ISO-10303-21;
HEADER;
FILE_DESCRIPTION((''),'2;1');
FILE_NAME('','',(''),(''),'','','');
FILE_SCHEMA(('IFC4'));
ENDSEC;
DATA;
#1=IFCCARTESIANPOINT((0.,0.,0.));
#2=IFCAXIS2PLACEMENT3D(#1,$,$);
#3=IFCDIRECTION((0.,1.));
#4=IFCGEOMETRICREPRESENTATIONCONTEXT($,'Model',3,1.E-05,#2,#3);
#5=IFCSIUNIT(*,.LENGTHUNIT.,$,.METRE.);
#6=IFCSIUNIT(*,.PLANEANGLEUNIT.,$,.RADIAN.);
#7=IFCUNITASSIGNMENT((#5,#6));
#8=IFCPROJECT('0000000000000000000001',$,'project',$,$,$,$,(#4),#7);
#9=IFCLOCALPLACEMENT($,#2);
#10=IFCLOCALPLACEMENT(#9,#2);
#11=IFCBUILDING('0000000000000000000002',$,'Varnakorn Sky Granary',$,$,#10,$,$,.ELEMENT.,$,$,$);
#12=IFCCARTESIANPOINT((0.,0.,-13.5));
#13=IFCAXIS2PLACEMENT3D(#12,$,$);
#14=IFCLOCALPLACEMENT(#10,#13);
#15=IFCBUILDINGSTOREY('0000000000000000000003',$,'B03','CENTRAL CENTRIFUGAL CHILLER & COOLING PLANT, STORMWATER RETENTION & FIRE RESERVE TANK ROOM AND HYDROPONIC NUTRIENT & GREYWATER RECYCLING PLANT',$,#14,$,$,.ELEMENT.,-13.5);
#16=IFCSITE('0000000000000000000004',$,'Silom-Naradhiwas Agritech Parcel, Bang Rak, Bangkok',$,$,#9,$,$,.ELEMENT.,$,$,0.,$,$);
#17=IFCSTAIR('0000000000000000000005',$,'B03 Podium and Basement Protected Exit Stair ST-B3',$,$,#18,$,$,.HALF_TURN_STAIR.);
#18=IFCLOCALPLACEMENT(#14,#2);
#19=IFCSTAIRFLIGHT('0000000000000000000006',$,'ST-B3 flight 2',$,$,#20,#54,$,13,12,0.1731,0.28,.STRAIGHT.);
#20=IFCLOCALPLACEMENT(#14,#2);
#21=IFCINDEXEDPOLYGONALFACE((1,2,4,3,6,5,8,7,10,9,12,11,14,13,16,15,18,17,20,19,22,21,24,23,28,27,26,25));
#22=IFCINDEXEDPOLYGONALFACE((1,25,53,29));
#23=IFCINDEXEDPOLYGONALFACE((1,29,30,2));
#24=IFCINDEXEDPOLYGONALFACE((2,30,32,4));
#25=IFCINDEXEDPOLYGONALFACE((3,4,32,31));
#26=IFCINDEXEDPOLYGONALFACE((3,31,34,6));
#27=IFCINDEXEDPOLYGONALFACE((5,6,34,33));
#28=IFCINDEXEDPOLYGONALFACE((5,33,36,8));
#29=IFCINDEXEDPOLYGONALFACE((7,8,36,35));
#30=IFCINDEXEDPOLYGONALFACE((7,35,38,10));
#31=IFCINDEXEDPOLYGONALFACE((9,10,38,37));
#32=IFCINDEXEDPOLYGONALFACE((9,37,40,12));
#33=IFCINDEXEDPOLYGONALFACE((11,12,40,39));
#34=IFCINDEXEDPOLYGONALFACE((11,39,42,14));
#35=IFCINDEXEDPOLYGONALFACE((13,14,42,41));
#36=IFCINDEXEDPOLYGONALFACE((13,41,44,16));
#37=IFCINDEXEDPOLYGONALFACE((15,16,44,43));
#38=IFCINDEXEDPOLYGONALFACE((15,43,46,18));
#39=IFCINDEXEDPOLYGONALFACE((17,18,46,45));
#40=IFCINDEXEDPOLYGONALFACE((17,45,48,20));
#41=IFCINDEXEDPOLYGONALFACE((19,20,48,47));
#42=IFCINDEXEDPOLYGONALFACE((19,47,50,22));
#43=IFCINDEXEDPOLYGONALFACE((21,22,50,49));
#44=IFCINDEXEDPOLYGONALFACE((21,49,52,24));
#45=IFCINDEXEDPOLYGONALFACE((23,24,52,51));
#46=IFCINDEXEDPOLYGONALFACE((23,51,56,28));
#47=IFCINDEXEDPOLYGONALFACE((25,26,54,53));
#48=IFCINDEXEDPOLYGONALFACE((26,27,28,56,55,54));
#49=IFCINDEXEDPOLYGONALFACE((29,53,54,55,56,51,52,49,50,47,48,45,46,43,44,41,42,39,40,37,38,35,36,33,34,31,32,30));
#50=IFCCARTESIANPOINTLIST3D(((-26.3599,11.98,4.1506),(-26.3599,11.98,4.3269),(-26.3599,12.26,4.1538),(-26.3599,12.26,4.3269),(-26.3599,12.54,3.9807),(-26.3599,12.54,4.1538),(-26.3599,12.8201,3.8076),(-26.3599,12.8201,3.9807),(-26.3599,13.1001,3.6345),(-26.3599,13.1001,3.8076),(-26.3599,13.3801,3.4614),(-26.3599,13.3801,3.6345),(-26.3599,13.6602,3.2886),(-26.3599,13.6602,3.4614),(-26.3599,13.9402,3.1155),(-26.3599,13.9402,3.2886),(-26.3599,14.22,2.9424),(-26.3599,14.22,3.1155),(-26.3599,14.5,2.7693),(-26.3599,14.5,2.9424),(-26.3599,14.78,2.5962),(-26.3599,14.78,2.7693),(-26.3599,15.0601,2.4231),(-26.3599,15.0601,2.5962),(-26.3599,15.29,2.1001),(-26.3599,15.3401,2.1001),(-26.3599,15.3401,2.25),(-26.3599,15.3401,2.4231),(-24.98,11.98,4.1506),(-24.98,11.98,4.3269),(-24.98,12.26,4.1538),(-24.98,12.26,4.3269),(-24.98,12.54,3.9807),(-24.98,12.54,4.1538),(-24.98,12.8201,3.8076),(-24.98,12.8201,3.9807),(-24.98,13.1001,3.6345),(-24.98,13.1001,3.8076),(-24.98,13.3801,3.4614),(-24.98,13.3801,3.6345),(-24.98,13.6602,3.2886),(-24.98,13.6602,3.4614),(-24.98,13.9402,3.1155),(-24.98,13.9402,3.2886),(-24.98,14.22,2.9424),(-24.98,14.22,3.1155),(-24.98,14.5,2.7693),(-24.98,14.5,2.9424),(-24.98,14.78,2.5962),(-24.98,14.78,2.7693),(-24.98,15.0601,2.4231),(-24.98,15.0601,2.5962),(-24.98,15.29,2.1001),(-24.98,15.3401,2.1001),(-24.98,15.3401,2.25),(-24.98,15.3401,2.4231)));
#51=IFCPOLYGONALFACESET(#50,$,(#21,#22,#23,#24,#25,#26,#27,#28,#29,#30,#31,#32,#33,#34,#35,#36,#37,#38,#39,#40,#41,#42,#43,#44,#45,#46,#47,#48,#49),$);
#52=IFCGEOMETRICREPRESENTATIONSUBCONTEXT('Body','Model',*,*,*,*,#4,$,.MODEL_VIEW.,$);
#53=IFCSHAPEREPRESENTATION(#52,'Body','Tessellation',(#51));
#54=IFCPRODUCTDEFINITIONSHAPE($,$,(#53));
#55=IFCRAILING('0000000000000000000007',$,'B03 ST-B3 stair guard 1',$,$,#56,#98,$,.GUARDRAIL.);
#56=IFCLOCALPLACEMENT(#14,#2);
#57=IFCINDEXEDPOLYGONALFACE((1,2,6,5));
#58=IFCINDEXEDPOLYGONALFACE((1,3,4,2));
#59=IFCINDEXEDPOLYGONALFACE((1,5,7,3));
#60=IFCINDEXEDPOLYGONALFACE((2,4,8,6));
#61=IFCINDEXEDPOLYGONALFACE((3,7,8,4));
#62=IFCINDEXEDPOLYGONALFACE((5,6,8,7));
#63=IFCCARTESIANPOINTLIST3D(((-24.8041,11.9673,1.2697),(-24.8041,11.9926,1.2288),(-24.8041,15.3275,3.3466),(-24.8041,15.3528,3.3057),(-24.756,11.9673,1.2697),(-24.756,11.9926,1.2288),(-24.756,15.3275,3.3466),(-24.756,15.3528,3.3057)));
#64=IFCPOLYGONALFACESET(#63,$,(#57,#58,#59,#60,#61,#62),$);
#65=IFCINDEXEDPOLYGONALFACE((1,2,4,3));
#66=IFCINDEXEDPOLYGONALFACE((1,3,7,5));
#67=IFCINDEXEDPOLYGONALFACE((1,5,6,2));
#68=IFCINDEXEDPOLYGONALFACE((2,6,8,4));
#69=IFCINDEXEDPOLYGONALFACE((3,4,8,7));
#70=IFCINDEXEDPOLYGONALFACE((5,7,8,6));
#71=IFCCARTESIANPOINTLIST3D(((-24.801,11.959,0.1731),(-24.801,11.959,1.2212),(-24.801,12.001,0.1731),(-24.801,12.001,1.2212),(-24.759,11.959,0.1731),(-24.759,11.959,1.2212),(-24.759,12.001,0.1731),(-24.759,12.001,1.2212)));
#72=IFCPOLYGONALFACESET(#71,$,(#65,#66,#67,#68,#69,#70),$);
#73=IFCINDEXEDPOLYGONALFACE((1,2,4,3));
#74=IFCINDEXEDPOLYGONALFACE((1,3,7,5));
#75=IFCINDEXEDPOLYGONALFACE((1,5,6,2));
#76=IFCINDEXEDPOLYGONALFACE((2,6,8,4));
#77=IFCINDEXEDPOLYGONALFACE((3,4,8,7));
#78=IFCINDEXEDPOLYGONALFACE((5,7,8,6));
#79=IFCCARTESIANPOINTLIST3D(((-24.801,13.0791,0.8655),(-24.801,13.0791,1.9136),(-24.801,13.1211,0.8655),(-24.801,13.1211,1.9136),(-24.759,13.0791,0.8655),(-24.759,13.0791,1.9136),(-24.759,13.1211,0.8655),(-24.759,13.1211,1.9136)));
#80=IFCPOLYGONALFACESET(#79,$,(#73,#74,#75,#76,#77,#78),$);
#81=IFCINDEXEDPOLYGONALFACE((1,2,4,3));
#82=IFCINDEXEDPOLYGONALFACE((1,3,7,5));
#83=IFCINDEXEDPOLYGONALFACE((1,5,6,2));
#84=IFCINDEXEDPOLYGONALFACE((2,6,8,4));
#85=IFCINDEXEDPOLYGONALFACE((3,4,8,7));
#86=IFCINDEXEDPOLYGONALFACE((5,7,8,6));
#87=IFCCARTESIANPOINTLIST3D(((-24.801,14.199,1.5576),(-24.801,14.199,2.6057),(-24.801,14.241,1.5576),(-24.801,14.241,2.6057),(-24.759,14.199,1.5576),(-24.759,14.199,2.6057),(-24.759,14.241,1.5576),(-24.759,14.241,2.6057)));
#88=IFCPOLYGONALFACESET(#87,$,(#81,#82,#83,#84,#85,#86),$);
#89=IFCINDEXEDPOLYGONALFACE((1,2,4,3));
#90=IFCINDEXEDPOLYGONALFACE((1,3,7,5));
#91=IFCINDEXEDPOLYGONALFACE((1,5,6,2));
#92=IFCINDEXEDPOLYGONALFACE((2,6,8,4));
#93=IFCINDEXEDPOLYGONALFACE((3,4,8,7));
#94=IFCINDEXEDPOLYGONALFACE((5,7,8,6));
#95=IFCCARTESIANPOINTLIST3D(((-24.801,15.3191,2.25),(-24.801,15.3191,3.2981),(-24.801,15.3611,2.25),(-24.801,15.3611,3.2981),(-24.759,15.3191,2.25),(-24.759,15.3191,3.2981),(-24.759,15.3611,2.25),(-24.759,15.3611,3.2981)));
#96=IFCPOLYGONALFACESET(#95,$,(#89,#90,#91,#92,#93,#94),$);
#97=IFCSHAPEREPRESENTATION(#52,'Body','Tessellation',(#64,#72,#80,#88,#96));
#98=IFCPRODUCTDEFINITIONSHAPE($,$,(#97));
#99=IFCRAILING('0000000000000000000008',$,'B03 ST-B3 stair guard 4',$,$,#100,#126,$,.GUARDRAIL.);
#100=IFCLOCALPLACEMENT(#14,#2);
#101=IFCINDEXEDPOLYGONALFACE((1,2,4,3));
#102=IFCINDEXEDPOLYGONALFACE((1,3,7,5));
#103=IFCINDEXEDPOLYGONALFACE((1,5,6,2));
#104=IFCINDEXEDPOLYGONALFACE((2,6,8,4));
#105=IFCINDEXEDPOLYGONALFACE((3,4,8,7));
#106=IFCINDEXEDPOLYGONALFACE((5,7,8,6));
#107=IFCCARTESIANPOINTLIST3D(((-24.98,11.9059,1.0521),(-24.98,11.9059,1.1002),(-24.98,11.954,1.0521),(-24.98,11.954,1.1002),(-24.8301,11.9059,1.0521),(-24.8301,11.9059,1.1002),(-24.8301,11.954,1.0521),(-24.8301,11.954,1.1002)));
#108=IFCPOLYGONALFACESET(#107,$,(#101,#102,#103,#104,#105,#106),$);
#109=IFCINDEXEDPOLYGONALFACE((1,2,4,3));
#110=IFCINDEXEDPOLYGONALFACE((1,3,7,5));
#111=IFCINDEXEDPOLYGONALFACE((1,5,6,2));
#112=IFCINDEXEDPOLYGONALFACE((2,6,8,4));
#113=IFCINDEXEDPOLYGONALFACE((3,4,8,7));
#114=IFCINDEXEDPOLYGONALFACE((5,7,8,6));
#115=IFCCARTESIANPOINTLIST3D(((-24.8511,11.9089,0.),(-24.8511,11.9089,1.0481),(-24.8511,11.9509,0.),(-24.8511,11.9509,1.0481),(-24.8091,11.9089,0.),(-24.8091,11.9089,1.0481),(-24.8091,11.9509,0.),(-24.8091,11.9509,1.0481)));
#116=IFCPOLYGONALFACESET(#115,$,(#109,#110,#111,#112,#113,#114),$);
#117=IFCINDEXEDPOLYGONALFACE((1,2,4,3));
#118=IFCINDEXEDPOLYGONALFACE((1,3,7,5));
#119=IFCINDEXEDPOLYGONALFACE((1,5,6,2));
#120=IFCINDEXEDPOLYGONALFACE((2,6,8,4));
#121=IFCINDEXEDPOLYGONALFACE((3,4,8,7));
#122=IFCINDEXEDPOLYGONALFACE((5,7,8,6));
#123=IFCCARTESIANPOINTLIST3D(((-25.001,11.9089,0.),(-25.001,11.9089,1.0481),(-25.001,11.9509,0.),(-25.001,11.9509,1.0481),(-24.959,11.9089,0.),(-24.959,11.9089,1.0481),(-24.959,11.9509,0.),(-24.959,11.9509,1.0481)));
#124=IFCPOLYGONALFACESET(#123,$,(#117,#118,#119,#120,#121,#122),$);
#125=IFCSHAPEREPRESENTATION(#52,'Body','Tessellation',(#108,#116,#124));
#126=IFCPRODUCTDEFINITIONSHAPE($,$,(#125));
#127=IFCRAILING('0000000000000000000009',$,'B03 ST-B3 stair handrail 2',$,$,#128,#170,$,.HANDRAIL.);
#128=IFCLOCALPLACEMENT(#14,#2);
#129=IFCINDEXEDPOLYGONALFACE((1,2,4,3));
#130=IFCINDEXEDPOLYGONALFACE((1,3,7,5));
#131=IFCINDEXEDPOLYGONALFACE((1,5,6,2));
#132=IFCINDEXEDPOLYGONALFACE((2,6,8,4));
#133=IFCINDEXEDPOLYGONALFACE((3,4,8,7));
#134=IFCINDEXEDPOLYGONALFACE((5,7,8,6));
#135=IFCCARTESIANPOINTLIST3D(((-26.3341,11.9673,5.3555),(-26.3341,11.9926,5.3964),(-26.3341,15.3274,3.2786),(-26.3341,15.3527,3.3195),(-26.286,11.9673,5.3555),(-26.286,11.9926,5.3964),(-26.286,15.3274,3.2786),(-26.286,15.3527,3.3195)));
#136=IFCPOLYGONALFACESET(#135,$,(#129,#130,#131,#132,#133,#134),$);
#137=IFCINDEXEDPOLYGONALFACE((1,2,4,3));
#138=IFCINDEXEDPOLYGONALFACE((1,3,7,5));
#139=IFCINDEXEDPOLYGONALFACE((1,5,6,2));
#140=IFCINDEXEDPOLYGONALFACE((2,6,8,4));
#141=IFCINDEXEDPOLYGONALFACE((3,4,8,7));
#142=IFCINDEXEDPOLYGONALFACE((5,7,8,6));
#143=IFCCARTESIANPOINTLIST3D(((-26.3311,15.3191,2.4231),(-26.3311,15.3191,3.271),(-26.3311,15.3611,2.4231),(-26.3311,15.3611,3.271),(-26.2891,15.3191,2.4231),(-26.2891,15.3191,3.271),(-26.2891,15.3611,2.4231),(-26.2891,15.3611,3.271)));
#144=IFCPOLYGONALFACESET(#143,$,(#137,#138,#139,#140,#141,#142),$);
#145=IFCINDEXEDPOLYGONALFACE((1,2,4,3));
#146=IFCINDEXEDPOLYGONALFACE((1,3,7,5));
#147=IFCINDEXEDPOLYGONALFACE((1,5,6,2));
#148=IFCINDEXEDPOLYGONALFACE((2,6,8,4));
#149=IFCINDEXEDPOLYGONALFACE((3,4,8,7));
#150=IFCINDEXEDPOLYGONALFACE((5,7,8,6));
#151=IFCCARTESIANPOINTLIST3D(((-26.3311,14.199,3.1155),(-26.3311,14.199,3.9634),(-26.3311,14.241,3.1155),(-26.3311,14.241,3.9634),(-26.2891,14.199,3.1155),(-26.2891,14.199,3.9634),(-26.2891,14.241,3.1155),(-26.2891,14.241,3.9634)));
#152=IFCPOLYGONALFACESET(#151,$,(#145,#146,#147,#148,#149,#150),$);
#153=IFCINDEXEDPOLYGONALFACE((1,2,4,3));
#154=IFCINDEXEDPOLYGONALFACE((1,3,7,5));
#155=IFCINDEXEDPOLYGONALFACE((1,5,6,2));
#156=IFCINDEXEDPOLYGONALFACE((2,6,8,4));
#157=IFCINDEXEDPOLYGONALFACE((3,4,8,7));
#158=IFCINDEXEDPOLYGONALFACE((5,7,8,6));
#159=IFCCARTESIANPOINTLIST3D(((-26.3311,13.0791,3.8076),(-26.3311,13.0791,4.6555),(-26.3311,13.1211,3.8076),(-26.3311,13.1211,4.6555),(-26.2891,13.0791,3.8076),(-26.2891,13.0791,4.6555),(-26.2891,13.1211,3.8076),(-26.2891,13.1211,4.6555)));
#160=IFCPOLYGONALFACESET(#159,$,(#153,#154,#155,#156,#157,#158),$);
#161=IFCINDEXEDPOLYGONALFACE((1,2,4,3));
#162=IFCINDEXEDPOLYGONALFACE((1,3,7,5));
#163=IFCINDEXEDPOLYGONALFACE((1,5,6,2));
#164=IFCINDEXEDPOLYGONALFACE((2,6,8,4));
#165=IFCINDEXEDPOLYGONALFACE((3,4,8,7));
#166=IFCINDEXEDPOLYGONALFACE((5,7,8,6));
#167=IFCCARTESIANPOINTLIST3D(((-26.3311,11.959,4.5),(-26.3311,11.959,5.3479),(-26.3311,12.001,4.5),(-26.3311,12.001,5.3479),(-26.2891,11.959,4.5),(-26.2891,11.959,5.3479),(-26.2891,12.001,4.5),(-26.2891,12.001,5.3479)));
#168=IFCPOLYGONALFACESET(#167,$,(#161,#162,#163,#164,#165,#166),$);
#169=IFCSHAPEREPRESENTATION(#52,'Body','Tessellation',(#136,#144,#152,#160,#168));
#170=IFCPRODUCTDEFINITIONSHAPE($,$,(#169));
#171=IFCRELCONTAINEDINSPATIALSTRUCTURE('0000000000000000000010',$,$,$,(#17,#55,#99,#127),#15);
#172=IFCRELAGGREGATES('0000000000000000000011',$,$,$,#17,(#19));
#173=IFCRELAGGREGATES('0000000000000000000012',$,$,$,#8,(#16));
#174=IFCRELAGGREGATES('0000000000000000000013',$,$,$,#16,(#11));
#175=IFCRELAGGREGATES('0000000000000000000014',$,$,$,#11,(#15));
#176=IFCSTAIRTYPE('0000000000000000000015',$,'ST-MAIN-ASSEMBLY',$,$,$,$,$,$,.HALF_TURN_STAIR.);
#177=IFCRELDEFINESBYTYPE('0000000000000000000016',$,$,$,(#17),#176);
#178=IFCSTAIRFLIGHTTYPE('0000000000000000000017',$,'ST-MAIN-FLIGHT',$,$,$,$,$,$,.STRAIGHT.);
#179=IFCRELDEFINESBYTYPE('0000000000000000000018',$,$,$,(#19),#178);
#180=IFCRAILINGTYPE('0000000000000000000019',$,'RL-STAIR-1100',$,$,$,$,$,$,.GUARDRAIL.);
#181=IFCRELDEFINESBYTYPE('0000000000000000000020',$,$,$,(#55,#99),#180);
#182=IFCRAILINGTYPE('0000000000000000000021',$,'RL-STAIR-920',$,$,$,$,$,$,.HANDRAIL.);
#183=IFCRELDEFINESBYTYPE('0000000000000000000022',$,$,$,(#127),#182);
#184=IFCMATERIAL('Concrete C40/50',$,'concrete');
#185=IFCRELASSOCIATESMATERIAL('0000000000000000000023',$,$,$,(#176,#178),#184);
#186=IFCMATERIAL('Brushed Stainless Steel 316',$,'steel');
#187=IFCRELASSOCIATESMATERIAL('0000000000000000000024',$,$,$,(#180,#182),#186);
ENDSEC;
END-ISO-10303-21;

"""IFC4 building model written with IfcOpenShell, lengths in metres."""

from ifc_helpers import new_model, si_unit, direction, frame, origin, origin_2d, place, context, subcontext, project, spatial, polyline, rectangle, outline, extrude, material, type_object, element, aggregate, save


model = new_model("IFC4")

# Units and contexts
model_context = context("Model", 3, precision=1e-05, world=origin(), true_north=direction((0.0, 1.0)))
body_context = subcontext(model_context, "Body", "Model", "MODEL_VIEW")
ifc_project = project(units=[si_unit("LENGTHUNIT", "METRE"), si_unit("PLANEANGLEUNIT", "RADIAN")], contexts=[model_context])

# Site, building, storey
site_placement = place(None, origin())
site = spatial("IfcSite", under=ifc_project, at=site_placement, Name="Silom-Naradhiwas Agritech Parcel, Bang Rak, Bangkok", CompositionType="ELEMENT", RefElevation=0.0)
building_placement = place(site_placement, origin())
building = spatial("IfcBuilding", under=site, at=building_placement, Name="Varnakorn Sky Granary", CompositionType="ELEMENT")
storey_placement = place(building_placement, frame((0.0, 0.0, -13.5)))
storey = spatial("IfcBuildingStorey", under=building, at=storey_placement, Name="B03", Description="CENTRAL CENTRIFUGAL CHILLER & COOLING PLANT, STORMWATER RETENTION & FIRE RESERVE TANK ROOM AND HYDROPONIC NUTRIENT & GREYWATER RECYCLING PLANT", CompositionType="ELEMENT", Elevation=-13.5)

# Stair, stair flight
ifc_material_1 = material(Name="Concrete C40/50", Category="concrete")
stair_type = type_object("IfcStairType", Name="ST-MAIN-ASSEMBLY", PredefinedType="HALF_TURN_STAIR", material=ifc_material_1)
stair_placement = place(storey_placement, origin())
stair = element("IfcStair", 1, at=stair_placement, inside=storey, type_object=stair_type, Name="B03 Podium and Basement Protected Exit Stair ST-B3", PredefinedType="HALF_TURN_STAIR")
stair_flight_type = type_object("IfcStairFlightType", Name="ST-MAIN-FLIGHT", PredefinedType="STRAIGHT", material=ifc_material_1)
stair_flight_1_placement = place(storey_placement, frame((-25.6699, 15.3401, 2.25), z_axis=(0.0, 0.0, 1.0), x_axis=(0.0, -1.0, 0.0)))
stair_flight_1 = element("IfcStairFlight", 2, at=stair_flight_1_placement, type_object=stair_flight_type, Name="ST-B3 flight 2", NumberOfRisers=13, NumberOfTreads=12, PredefinedType="STRAIGHT", RiserHeight=0.1731, TreadLength=0.28, context=body_context, shape_type="SweptSolid", body=[
    extrude(outline(polyline([(0.0, -0.1499), (0.0, 0.0), (0.0, 0.1731), (0.28, 0.1731), (0.28, 0.3462), (0.5601, 0.3462), (0.5601, 0.5193), (0.8401, 0.5193), (0.8401, 0.6924), (1.1201, 0.6924), (1.1201, 0.8655), (1.3999, 0.8655), (1.3999, 1.0386), (1.6799, 1.0386), (1.6799, 1.2114), (1.96, 1.2114), (1.96, 1.3845), (2.24, 1.3845), (2.24, 1.5576), (2.52, 1.5576), (2.52, 1.7307), (2.8, 1.7307), (2.8, 1.9038), (3.0801, 1.9038), (3.0801, 2.0769), (3.3601, 2.0769), (3.3601, 2.25), (3.3601, 1.9006), (0.05, -0.1499), (0.0, -0.1499)])), frame((0.0, 0.6899, 0.0), z_axis=(0.0, -1.0, 0.0), x_axis=(1.0, 0.0, 0.0)), (0.0, 0.0, 1.0), 1.3799),
])
aggregate(stair, [stair_flight_1])

# Railings
ifc_material_2 = material(Name="Brushed Stainless Steel 316", Category="steel")
railing_type_1 = type_object("IfcRailingType", Name="RL-STAIR-1100", PredefinedType="GUARDRAIL", material=ifc_material_2)
railing_1_placement = place(storey_placement, frame((-24.78, 11.98, 0.1731)))
element("IfcRailing", 3, at=railing_1_placement, inside=storey, type_object=railing_type_1, Name="B03 ST-B3 stair guard 1", PredefinedType="GUARDRAIL", context=body_context, shape_type="SweptSolid", body=[
    extrude(rectangle(XDim=0.0481, YDim=0.0481, at=origin_2d()), frame((0.0, 0.0, 1.0762), z_axis=(0.0, 0.850623, 0.525776), x_axis=(-1.0, 0.0, 0.0)), (0.0, 0.0, 1.0), 3.9502),
    extrude(rectangle(XDim=0.042, YDim=0.042, at=origin_2d()), origin(), (0.0, 0.0, 1.0), 1.0481),
    extrude(rectangle(XDim=0.042, YDim=0.042, at=origin_2d()), frame((0.0, 1.1201, 0.6924)), (0.0, 0.0, 1.0), 1.0481),
    extrude(rectangle(XDim=0.042, YDim=0.042, at=origin_2d()), frame((0.0, 2.24, 1.3845)), (0.0, 0.0, 1.0), 1.0481),
    extrude(rectangle(XDim=0.042, YDim=0.042, at=origin_2d()), frame((0.0, 3.3601, 2.0769)), (0.0, 0.0, 1.0), 1.0481),
])
railing_2_placement = place(storey_placement, frame((-24.8301, 11.9299, 0.0)))
element("IfcRailing", 4, at=railing_2_placement, inside=storey, type_object=railing_type_1, Name="B03 ST-B3 stair guard 4", PredefinedType="GUARDRAIL", context=body_context, shape_type="SweptSolid", body=[
    extrude(rectangle(XDim=0.0481, YDim=0.0481, at=origin_2d()), frame((0.0, 0.0, 1.0762), z_axis=(-1.0, 0.0, 0.0), x_axis=(0.0, -1.0, 0.0)), (0.0, 0.0, 1.0), 0.1499),
    extrude(rectangle(XDim=0.042, YDim=0.042, at=origin_2d()), origin(), (0.0, 0.0, 1.0), 1.0481),
    extrude(rectangle(XDim=0.042, YDim=0.042, at=origin_2d()), frame((-0.1499, 0.0, 0.0)), (0.0, 0.0, 1.0), 1.0481),
])
railing_type_2 = type_object("IfcRailingType", Name="RL-STAIR-920", PredefinedType="HANDRAIL", material=ifc_material_2)
railing_3_placement = place(storey_placement, frame((-26.3101, 15.3401, 2.4231)))
element("IfcRailing", 5, at=railing_3_placement, inside=storey, type_object=railing_type_2, Name="B03 ST-B3 stair handrail 2", PredefinedType="HANDRAIL", context=body_context, shape_type="SweptSolid", body=[
    extrude(rectangle(XDim=0.0481, YDim=0.0481, at=origin_2d()), frame((0.0, 0.0, 0.876), z_axis=(0.0, -0.850623, 0.525776), x_axis=(1.0, 0.0, 0.0)), (0.0, 0.0, 1.0), 3.9502),
    extrude(rectangle(XDim=0.042, YDim=0.042, at=origin_2d()), origin(), (0.0, 0.0, 1.0), 0.8479),
    extrude(rectangle(XDim=0.042, YDim=0.042, at=origin_2d()), frame((0.0, -1.1201, 0.6924)), (0.0, 0.0, 1.0), 0.8479),
    extrude(rectangle(XDim=0.042, YDim=0.042, at=origin_2d()), frame((0.0, -2.24, 1.3845)), (0.0, 0.0, 1.0), 0.8479),
    extrude(rectangle(XDim=0.042, YDim=0.042, at=origin_2d()), frame((0.0, -3.3601, 2.0769)), (0.0, 0.0, 1.0), 0.8479),
])

save(model, "model.ifc")
